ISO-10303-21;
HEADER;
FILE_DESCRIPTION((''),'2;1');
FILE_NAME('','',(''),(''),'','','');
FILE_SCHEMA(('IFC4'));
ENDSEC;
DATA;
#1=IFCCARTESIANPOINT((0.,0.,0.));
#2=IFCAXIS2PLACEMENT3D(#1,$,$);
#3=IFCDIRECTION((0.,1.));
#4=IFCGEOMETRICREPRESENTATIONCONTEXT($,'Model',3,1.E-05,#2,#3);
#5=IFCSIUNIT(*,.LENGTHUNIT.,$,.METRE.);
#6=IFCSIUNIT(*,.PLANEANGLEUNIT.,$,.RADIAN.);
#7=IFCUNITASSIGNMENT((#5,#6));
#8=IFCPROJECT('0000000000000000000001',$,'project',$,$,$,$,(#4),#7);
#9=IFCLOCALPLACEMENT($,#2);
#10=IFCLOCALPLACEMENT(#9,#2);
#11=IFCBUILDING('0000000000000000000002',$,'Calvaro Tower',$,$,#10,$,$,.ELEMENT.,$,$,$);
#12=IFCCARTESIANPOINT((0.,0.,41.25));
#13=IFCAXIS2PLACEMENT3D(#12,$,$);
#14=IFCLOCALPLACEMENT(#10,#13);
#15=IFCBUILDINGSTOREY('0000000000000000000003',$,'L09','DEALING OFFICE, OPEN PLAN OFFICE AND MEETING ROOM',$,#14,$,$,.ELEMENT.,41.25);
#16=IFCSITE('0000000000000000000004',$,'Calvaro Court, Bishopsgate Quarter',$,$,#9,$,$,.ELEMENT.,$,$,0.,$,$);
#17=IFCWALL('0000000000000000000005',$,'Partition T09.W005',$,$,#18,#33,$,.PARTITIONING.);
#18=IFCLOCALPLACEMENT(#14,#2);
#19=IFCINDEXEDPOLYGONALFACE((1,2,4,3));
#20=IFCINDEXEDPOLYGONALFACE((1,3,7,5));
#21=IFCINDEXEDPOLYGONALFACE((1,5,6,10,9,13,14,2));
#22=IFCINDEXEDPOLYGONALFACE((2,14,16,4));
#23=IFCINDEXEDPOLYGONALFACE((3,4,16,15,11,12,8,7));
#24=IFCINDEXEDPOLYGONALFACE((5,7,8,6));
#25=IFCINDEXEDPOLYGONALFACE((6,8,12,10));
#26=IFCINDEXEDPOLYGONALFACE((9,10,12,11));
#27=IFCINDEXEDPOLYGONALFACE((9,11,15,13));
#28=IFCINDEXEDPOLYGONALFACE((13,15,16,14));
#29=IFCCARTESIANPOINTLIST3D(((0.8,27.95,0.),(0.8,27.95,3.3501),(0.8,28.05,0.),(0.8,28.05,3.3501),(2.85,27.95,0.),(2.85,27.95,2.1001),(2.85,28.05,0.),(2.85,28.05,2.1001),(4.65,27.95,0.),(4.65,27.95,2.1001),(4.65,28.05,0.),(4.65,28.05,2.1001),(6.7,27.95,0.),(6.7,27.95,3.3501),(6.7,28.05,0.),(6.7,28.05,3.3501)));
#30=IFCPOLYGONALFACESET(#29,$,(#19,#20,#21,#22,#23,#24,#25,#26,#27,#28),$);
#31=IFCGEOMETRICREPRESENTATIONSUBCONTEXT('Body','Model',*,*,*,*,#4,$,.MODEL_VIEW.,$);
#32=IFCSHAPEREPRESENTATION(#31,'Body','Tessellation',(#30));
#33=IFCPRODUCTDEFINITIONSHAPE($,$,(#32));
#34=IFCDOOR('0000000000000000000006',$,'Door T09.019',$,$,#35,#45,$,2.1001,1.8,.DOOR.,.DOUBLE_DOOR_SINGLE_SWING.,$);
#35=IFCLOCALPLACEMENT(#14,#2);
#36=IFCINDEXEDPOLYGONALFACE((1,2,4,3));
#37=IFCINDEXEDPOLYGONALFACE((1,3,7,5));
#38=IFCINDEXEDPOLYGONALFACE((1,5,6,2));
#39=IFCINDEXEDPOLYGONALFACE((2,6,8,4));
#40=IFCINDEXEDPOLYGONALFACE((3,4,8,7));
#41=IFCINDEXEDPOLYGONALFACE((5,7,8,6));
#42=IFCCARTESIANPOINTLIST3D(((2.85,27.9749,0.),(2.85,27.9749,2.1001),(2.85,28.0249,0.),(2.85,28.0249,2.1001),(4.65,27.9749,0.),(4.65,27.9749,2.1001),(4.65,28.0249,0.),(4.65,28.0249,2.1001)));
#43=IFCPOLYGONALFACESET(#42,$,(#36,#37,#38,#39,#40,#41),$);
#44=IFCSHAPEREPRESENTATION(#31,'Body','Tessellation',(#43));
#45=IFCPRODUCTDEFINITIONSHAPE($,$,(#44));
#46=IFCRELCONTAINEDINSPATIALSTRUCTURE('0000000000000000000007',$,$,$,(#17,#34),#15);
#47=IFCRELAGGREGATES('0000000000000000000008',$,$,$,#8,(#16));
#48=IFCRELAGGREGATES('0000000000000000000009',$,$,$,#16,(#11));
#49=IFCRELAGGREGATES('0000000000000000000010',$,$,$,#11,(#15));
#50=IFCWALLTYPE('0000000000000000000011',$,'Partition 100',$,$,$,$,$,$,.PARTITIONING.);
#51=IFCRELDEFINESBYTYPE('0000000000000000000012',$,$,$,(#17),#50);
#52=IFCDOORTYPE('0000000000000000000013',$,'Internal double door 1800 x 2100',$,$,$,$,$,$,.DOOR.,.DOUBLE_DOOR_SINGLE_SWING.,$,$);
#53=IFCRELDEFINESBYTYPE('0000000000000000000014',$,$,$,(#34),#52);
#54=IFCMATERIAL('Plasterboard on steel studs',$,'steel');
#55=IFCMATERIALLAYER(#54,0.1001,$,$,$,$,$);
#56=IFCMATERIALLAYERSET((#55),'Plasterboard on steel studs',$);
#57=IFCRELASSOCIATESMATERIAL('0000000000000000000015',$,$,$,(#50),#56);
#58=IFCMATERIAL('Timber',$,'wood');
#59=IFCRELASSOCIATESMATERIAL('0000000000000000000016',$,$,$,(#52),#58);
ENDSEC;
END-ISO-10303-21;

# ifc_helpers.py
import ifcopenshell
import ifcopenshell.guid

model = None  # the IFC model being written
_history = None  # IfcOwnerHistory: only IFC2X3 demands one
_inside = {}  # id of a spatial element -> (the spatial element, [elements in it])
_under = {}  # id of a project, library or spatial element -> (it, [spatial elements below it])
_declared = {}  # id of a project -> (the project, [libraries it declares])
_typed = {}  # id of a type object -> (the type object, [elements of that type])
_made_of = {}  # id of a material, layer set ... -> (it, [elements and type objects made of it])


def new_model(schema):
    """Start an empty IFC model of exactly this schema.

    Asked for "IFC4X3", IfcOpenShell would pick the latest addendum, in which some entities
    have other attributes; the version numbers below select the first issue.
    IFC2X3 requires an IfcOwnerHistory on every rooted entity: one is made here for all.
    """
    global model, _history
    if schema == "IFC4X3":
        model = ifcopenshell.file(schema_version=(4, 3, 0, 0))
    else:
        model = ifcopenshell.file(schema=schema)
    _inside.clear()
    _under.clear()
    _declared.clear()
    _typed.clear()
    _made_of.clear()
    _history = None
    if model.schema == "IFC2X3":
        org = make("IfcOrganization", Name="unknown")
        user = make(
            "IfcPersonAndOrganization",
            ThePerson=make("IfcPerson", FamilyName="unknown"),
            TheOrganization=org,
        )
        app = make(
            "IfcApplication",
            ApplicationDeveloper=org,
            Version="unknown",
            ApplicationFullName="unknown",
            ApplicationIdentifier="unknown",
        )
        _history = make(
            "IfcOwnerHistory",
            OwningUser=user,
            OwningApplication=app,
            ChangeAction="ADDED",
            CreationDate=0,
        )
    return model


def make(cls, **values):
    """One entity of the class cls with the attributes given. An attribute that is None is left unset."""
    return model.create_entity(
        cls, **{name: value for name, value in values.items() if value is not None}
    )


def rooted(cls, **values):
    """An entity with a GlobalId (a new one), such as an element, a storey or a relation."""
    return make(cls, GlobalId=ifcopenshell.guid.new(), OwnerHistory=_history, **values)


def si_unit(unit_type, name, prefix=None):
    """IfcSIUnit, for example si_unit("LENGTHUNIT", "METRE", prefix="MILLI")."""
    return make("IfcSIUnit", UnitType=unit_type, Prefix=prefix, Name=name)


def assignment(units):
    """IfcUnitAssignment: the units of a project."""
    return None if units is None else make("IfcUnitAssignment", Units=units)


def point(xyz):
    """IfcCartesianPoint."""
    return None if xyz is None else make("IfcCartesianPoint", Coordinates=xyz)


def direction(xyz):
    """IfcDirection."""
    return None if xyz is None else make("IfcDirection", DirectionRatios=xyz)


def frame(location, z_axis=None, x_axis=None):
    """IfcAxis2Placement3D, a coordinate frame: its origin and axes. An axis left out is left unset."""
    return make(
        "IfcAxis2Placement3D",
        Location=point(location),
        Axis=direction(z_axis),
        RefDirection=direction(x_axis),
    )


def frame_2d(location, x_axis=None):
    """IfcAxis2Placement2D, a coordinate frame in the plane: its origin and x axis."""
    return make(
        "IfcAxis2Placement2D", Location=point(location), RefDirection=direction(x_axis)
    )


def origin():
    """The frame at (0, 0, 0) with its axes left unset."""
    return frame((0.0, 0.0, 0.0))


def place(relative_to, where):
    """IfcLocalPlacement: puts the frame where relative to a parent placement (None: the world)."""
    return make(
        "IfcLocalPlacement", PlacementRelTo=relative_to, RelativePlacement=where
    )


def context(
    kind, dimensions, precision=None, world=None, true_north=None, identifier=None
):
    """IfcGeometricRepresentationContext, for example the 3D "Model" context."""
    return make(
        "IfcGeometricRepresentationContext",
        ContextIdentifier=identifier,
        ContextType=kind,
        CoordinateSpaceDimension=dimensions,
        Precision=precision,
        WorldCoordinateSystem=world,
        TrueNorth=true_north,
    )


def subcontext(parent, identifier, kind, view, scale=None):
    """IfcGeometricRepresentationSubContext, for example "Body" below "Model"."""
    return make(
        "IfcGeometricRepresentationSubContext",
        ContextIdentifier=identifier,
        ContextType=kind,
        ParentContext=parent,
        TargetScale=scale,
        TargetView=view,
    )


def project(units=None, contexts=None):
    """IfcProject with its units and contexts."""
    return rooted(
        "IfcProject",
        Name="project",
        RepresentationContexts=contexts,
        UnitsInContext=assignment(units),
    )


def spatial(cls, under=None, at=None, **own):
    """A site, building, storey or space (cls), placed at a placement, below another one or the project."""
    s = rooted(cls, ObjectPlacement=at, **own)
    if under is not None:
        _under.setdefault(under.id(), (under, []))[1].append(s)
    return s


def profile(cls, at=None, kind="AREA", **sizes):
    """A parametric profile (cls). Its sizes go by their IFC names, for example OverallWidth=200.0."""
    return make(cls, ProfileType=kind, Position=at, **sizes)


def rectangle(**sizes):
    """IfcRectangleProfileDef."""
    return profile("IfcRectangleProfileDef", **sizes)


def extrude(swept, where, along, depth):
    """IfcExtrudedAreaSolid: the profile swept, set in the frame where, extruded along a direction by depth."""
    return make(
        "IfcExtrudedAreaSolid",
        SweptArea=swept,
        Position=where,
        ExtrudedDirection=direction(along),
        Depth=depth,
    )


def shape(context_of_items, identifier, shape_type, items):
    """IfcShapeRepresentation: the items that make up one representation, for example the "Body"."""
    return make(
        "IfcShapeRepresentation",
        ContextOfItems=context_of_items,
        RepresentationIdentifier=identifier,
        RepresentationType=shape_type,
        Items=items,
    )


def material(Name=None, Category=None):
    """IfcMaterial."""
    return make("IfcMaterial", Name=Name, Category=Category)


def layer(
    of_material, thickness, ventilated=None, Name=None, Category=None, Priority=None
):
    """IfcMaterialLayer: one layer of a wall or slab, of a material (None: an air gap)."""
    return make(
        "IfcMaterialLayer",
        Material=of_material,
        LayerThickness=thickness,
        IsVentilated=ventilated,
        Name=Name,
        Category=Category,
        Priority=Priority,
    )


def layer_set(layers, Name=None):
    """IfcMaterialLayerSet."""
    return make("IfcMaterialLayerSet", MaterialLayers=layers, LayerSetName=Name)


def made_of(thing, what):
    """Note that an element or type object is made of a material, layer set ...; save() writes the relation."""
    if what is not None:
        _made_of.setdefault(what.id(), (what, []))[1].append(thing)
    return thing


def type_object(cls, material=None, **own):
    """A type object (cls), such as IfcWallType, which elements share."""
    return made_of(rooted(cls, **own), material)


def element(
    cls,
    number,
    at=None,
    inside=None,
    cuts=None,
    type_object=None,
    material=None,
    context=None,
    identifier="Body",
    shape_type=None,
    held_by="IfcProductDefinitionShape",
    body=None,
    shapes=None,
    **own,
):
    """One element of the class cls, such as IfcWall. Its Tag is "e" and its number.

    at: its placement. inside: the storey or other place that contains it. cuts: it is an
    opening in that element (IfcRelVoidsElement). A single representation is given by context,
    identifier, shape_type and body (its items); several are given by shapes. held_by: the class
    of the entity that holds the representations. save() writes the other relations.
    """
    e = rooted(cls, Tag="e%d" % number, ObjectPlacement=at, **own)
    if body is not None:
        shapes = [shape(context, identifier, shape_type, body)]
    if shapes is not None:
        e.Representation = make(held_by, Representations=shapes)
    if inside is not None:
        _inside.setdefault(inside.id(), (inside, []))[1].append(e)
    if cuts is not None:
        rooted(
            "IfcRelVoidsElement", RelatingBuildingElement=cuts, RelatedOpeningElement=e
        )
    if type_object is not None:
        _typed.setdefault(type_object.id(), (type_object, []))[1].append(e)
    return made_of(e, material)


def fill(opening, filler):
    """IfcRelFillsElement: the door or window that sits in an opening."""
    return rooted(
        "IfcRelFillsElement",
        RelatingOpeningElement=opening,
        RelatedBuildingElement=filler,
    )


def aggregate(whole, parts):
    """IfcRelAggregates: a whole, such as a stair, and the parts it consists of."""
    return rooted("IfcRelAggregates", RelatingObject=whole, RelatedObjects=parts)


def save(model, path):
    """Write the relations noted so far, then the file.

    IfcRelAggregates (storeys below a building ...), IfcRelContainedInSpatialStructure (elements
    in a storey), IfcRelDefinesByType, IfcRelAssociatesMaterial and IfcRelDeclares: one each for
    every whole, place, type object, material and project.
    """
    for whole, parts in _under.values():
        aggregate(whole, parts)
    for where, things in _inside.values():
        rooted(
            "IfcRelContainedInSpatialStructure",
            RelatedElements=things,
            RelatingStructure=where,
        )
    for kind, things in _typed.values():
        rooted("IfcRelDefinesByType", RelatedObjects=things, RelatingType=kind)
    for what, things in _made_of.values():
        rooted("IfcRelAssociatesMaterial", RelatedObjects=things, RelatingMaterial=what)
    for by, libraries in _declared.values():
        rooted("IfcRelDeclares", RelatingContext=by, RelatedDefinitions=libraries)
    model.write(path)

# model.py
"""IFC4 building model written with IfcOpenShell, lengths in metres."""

from ifc_helpers import new_model, si_unit, direction, frame, frame_2d, origin, place, context, subcontext, project, spatial, rectangle, extrude, material, layer, layer_set, type_object, element, fill, save


model = new_model("IFC4")

# Units and contexts
model_context = context("Model", 3, precision=1e-05, world=origin(), true_north=direction((0.0, 1.0)))
body_context = subcontext(model_context, "Body", "Model", "MODEL_VIEW")
ifc_project = project(units=[si_unit("LENGTHUNIT", "METRE"), si_unit("PLANEANGLEUNIT", "RADIAN")], contexts=[model_context])

# Site, building, storey
site_placement = place(None, origin())
site = spatial("IfcSite", under=ifc_project, at=site_placement, Name="Calvaro Court, Bishopsgate Quarter", CompositionType="ELEMENT", RefElevation=0.0)
building_placement = place(site_placement, origin())
building = spatial("IfcBuilding", under=site, at=building_placement, Name="Calvaro Tower", CompositionType="ELEMENT")
storey_placement = place(building_placement, frame((0.0, 0.0, 41.25)))
storey = spatial("IfcBuildingStorey", under=building, at=storey_placement, Name="L09", Description="DEALING OFFICE, OPEN PLAN OFFICE AND MEETING ROOM", CompositionType="ELEMENT", Elevation=41.25)

# Shared definitions
ifc_material_1 = material(Name="Plasterboard on steel studs", Category="steel")
ifc_layer = layer(ifc_material_1, 0.1001)
ifc_layer_set = layer_set([ifc_layer], Name="Plasterboard on steel studs")
wall_type = type_object("IfcWallType", Name="Partition 100", PredefinedType="PARTITIONING", material=ifc_layer_set)
ifc_material_2 = material(Name="Timber", Category="wood")
door_type_1 = type_object("IfcDoorType", Name="Internal double door 1800 x 2100", OperationType="DOUBLE_DOOR_SINGLE_SWING", PredefinedType="DOOR", material=ifc_material_2)

# Wall, opening, door
wall_1_placement = place(storey_placement, frame((0.8, 28.0, 0.0), z_axis=(0.0, 0.0, 1.0), x_axis=(1.0, 0.0, 0.0)))
wall_1 = element("IfcWall", 1, at=wall_1_placement, inside=storey, type_object=wall_type, Name="Partition T09.W005", PredefinedType="PARTITIONING", context=body_context, shape_type="SweptSolid", body=[
    extrude(rectangle(XDim=5.8999, YDim=0.1001, at=frame_2d((2.95, 0.0))), origin(), (0.0, 0.0, 1.0), 3.3501),
])
opening_1_placement = place(wall_1_placement, frame((2.05, 0.0, 0.0)))
opening_1 = element("IfcOpeningElement", 2, at=opening_1_placement, cuts=wall_1, PredefinedType="OPENING", context=body_context, shape_type="SweptSolid", body=[
    extrude(rectangle(XDim=1.8, YDim=2.1001, at=frame_2d((0.8999, 1.05))), frame((0.0, 0.0601, 0.0), z_axis=(0.0, -1.0, 0.0), x_axis=(1.0, 0.0, 0.0)), (0.0, 0.0, 1.0), 0.1201),
])
door_1_placement = place(opening_1_placement, origin())
door_1 = element("IfcDoor", 3, at=door_1_placement, inside=storey, type_object=door_type_1, Name="Door T09.019", OperationType="DOUBLE_DOOR_SINGLE_SWING", OverallHeight=2.1001, OverallWidth=1.8, PredefinedType="DOOR", context=body_context, shape_type="SweptSolid", body=[
    extrude(rectangle(XDim=1.8, YDim=2.1001, at=frame_2d((0.8999, 1.05))), frame((0.0, 0.0249, 0.0), z_axis=(0.0, -1.0, 0.0), x_axis=(1.0, 0.0, 0.0)), (0.0, 0.0, 1.0), 0.05),
])
fill(opening_1, door_1)

save(model, "model.ifc")
